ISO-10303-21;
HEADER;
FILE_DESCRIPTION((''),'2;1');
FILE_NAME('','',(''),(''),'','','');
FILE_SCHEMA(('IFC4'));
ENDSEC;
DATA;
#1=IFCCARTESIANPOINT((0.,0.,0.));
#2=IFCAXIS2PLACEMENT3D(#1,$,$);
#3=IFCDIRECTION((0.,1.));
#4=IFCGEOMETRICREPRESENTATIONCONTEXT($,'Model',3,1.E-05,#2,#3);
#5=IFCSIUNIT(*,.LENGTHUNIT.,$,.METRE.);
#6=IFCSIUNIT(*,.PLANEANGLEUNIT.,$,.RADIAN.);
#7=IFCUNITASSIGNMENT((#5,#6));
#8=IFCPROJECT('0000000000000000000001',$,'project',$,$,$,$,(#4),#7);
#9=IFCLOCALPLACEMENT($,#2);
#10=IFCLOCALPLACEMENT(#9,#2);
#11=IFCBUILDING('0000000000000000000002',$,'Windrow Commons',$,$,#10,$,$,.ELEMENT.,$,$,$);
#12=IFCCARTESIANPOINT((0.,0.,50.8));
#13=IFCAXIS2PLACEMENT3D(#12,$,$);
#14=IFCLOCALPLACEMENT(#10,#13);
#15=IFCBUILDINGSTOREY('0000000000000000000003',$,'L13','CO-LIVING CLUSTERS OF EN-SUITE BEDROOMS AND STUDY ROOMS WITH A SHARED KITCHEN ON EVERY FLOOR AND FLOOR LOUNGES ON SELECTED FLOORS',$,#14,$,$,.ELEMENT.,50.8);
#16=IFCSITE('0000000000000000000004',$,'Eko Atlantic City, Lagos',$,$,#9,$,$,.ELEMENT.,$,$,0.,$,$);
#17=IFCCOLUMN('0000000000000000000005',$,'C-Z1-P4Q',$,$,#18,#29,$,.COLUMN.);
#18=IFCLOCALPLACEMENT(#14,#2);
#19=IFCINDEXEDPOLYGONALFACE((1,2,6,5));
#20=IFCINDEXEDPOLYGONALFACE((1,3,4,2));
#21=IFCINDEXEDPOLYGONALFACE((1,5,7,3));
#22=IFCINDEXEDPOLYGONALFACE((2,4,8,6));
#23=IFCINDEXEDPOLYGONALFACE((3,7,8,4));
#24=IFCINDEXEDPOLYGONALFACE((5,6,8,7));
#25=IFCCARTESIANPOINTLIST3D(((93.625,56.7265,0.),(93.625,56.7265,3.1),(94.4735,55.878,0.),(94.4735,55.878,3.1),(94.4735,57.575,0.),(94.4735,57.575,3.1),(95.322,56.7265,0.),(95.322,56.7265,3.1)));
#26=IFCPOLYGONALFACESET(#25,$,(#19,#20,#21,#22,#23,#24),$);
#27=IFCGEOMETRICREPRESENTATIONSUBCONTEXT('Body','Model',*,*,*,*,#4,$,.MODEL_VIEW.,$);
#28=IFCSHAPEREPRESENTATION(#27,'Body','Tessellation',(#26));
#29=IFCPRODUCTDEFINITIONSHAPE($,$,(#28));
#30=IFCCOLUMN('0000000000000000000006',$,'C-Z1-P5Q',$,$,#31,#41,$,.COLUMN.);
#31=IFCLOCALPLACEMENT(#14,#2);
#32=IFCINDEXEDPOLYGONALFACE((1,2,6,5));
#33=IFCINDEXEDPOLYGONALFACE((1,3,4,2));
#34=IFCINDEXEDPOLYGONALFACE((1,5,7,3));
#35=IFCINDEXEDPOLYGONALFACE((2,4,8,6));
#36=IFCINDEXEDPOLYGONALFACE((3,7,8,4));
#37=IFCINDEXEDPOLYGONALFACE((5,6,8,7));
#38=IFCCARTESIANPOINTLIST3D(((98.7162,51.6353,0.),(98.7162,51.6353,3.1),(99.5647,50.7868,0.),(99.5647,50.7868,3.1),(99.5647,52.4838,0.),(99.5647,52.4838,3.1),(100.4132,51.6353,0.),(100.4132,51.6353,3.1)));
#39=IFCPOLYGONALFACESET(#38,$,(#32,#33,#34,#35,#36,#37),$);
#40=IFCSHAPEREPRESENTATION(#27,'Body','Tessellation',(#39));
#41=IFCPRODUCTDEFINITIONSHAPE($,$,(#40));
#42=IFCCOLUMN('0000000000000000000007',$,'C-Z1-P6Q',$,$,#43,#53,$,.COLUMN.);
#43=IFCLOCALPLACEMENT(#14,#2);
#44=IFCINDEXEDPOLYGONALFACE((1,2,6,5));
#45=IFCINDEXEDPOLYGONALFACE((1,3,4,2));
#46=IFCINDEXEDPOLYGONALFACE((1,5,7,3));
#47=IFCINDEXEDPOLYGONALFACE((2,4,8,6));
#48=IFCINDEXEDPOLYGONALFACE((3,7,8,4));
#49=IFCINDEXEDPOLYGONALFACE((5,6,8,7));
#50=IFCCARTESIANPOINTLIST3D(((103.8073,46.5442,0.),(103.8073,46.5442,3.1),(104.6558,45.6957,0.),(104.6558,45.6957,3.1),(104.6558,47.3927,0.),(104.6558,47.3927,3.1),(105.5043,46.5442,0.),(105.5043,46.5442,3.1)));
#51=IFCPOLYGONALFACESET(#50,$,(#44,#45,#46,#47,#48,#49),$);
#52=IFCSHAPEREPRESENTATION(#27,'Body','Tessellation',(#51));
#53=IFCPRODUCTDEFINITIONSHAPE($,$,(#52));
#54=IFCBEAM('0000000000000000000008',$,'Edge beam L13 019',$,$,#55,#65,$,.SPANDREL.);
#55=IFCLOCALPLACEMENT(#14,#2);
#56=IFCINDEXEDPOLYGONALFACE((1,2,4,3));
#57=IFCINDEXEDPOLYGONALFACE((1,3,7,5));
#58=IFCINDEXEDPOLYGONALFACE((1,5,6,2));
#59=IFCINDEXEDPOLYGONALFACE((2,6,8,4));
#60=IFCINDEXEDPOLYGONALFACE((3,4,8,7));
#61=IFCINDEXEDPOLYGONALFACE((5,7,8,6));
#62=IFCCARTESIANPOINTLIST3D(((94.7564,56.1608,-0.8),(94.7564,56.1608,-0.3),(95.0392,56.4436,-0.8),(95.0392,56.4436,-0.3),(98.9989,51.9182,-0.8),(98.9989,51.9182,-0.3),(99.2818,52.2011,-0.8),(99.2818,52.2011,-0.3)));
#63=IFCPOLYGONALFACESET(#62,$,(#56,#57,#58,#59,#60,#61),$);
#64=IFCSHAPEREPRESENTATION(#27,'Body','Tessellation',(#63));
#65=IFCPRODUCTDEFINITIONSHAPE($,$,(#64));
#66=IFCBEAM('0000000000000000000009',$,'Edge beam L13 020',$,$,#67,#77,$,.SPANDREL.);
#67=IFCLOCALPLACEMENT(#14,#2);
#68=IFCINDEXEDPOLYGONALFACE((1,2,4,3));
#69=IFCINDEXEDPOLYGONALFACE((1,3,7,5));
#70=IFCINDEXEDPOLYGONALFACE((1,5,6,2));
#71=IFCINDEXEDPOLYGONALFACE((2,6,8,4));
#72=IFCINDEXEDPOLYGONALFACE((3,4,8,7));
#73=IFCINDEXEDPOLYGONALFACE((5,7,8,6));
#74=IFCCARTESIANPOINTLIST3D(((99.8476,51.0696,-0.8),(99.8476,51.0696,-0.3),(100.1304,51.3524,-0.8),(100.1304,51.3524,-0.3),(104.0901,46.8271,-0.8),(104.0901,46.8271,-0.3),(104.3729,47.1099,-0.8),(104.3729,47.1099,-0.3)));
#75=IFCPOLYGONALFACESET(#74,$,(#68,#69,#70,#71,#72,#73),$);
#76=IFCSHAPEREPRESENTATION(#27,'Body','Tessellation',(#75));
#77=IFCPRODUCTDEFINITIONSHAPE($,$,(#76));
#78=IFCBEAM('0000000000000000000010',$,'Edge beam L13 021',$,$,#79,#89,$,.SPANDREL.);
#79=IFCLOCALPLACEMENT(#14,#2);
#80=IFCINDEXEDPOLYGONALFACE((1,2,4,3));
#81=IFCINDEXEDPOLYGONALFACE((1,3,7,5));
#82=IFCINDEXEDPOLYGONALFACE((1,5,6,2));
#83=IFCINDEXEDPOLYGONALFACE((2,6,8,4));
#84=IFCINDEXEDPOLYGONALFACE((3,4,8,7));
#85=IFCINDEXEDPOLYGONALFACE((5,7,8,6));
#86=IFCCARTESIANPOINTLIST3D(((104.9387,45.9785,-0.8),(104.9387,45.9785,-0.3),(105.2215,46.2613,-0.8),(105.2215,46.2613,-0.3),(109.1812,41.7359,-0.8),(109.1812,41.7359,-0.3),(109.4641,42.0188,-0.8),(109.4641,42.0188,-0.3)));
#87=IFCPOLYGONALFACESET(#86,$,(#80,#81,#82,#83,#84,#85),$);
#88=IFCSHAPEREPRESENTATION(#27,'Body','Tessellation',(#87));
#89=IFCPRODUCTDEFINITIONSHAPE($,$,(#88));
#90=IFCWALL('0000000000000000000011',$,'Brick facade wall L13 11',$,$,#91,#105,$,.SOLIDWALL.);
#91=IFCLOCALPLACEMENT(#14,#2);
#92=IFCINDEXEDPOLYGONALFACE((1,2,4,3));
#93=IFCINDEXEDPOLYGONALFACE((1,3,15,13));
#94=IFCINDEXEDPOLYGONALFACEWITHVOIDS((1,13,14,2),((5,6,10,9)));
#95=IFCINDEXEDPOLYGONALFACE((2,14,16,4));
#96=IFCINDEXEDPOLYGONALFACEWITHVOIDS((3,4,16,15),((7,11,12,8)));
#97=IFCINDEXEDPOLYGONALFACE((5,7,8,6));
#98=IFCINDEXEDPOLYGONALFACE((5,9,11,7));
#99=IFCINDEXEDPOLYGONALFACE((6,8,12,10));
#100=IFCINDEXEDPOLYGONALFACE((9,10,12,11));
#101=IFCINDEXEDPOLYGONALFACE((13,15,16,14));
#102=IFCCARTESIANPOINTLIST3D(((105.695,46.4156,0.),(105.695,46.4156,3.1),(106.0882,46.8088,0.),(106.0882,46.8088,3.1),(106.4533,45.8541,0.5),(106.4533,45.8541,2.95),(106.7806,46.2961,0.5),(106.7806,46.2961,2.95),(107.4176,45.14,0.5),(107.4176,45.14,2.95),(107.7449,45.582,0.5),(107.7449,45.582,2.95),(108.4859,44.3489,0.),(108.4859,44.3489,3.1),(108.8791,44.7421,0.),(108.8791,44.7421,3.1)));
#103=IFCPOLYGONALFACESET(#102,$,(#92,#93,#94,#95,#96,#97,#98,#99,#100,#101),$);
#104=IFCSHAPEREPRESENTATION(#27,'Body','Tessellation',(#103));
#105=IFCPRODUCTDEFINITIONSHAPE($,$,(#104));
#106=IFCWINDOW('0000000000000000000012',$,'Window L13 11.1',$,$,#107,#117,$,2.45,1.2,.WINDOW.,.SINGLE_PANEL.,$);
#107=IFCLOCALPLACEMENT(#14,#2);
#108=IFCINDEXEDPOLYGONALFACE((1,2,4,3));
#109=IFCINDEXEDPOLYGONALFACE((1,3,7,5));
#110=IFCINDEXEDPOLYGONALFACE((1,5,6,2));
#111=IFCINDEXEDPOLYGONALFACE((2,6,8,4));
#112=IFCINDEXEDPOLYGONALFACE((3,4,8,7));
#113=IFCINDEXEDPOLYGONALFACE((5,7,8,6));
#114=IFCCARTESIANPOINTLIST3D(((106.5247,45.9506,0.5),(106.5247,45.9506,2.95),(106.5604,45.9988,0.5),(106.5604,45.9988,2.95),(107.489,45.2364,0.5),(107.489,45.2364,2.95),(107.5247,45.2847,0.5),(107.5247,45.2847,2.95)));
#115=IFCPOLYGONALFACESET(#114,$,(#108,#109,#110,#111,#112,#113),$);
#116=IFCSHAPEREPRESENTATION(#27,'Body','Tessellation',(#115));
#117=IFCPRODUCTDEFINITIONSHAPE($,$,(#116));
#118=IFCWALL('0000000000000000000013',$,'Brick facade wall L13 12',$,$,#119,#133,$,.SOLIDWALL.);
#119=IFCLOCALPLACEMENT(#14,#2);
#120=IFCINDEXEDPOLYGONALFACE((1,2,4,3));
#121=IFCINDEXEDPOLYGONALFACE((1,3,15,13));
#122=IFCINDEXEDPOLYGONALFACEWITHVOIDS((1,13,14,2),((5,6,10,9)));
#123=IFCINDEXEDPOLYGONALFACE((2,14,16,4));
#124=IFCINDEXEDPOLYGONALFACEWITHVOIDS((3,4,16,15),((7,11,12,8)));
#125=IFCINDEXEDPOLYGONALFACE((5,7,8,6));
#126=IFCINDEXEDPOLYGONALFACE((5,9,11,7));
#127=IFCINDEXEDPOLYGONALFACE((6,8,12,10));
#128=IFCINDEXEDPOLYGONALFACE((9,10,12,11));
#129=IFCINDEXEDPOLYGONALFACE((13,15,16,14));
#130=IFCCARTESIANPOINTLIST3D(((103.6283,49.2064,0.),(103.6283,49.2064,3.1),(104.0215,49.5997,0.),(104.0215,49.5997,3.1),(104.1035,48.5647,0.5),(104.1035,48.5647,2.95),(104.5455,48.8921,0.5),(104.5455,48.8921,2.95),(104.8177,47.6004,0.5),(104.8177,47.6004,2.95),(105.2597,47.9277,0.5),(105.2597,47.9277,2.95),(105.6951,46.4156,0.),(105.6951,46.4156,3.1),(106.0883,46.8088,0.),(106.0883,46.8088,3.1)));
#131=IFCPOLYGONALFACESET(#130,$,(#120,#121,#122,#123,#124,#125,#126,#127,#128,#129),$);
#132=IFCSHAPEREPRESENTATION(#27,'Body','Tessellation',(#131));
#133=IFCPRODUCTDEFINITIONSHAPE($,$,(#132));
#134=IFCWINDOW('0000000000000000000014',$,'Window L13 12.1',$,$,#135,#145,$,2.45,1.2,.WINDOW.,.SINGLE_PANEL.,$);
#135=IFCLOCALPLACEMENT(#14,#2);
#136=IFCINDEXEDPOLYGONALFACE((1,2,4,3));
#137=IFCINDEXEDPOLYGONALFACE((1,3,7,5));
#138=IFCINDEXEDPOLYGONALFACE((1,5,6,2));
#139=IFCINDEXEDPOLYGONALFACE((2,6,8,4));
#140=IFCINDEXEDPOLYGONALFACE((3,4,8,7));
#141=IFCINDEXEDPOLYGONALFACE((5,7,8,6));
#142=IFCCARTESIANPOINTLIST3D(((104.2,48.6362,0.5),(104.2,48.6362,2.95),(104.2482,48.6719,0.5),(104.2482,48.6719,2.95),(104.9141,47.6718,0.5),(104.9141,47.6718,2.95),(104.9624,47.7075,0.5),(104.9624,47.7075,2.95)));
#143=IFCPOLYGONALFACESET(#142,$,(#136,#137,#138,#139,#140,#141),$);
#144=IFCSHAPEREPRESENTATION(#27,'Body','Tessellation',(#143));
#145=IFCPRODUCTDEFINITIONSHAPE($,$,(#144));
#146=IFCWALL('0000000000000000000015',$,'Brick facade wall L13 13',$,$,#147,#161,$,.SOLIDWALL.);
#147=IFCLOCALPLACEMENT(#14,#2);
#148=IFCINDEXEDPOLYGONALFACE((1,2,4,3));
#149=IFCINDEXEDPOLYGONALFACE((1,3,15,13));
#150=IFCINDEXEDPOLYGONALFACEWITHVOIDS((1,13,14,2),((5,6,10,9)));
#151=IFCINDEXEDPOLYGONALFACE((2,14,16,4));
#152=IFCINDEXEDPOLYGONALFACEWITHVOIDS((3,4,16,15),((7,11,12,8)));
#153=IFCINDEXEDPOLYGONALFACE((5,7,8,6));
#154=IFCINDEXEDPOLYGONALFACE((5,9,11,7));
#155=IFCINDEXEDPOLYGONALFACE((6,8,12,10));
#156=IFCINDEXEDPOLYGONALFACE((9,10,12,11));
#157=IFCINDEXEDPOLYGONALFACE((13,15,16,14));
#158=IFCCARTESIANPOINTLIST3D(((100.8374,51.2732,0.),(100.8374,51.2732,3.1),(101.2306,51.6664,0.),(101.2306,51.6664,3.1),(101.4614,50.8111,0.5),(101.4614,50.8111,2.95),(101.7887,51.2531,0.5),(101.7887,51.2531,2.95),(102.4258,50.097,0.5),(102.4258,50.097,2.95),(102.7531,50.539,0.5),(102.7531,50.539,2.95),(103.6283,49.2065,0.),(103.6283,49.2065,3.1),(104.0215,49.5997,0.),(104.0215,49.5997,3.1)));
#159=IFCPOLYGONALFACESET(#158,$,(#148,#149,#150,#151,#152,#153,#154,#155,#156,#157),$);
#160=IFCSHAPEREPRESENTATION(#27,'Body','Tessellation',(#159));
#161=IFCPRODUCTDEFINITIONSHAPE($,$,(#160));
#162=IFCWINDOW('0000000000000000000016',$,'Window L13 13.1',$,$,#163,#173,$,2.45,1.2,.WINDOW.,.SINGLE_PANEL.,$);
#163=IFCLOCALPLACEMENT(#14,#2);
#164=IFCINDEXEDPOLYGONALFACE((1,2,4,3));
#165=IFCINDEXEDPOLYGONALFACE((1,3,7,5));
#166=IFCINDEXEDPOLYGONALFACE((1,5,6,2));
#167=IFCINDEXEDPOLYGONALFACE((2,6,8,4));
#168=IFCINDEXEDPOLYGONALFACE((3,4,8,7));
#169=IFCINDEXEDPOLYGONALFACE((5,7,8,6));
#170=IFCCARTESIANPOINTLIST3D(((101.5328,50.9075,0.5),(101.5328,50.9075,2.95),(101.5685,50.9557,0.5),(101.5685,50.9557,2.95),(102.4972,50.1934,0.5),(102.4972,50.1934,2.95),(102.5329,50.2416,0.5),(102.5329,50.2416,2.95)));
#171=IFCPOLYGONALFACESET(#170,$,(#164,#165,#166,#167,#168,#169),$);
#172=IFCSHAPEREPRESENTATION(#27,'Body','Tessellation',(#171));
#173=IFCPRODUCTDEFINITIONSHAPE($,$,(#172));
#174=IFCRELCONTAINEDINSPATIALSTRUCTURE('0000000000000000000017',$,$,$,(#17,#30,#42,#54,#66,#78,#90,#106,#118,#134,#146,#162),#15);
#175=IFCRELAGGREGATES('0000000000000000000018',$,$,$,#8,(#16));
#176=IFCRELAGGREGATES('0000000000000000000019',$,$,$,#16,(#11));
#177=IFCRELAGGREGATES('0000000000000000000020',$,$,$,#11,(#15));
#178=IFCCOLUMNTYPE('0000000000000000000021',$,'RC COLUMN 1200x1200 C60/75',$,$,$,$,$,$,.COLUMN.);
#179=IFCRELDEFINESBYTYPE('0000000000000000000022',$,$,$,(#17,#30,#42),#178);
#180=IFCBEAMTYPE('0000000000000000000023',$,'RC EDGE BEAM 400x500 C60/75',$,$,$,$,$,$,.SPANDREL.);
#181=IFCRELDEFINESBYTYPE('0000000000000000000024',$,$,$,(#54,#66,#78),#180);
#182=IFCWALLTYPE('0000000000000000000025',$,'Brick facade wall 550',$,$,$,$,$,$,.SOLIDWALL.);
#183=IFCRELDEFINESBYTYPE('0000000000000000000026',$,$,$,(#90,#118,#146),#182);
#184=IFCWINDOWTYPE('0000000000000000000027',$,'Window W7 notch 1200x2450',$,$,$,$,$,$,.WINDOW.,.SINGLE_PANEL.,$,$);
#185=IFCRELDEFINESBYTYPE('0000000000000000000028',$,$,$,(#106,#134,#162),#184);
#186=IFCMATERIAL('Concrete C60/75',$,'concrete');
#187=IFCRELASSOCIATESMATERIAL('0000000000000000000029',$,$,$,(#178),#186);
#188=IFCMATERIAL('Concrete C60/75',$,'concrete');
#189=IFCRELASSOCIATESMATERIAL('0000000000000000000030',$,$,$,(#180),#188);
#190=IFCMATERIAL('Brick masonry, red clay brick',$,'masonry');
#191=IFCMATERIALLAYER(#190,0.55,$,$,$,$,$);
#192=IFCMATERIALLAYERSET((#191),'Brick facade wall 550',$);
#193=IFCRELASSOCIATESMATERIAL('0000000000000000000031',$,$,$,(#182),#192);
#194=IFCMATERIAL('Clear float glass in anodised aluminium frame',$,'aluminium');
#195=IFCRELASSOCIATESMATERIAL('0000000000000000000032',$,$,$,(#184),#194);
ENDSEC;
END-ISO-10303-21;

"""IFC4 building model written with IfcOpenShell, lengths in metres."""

from ifc_helpers import new_model, si_unit, direction, frame, frame_2d, origin, origin_2d, place, context, subcontext, project, spatial, polyline, rectangle, outline, extrude, material, layer, layer_set, material_profile, profile_set, type_object, element, fill, save


model = new_model("IFC4")

# Units and contexts
model_context = context("Model", 3, precision=1e-05, world=origin(), true_north=direction((0.0, 1.0)))
body_context = subcontext(model_context, "Body", "Model", "MODEL_VIEW")
ifc_project = project(units=[si_unit("LENGTHUNIT", "METRE"), si_unit("PLANEANGLEUNIT", "RADIAN")], contexts=[model_context])

# Site, building, storey
site_placement = place(None, origin())
site = spatial("IfcSite", under=ifc_project, at=site_placement, Name="Eko Atlantic City, Lagos", CompositionType="ELEMENT", RefElevation=0.0)
building_placement = place(site_placement, origin())
building = spatial("IfcBuilding", under=site, at=building_placement, Name="Windrow Commons", CompositionType="ELEMENT")
storey_placement = place(building_placement, frame((0.0, 0.0, 50.8)))
storey = spatial("IfcBuildingStorey", under=building, at=storey_placement, Name="L13", Description="CO-LIVING CLUSTERS OF EN-SUITE BEDROOMS AND STUDY ROOMS WITH A SHARED KITCHEN ON EVERY FLOOR AND FLOOR LOUNGES ON SELECTED FLOORS", CompositionType="ELEMENT", Elevation=50.8)

# Columns
ifc_material_1 = material(Name="Concrete C60/75", Category="concrete")
ifc_material_profile_1 = material_profile(ifc_material_1, rectangle(XDim=1.2, YDim=1.2, at=origin_2d()))
ifc_profile_set_1 = profile_set([ifc_material_profile_1], Name="Concrete C60/75")
column_type = type_object("IfcColumnType", Name="RC COLUMN 1200x1200 C60/75", PredefinedType="COLUMN", material=ifc_profile_set_1)
for number, where, z_axis, x_axis, name in (
    (1, (94.4735, 56.7265, 0.0), (0.0, 0.0, 1.0), (0.707107, -0.707107, 0.0), "C-Z1-P4Q"),
    (2, (99.5647, 51.6353, 0.0), (0.0, 0.0, 1.0), (0.707107, -0.707107, 0.0), "C-Z1-P5Q"),
    (3, (104.6558, 46.5442, 0.0), (0.0, 0.0, 1.0), (0.707107, -0.707107, 0.0), "C-Z1-P6Q"),
):
    element("IfcColumn", number, at=place(storey_placement, frame(where, z_axis=z_axis, x_axis=x_axis)), inside=storey, type_object=column_type, Name=name, PredefinedType="COLUMN", context=body_context, shape_type="SweptSolid", body=[
        extrude(rectangle(XDim=1.2, YDim=1.2, at=origin_2d()), origin(), (0.0, 0.0, 1.0), 3.1),
    ])

# Beams
ifc_material_2 = material(Name="Concrete C60/75", Category="concrete")
ifc_material_profile_2 = material_profile(ifc_material_2, rectangle(XDim=0.4, YDim=0.5, at=origin_2d()))
ifc_profile_set_2 = profile_set([ifc_material_profile_2], Name="Concrete C60/75")
beam_type = type_object("IfcBeamType", Name="RC EDGE BEAM 400x500 C60/75", PredefinedType="SPANDREL", material=ifc_profile_set_2)
beam_1_placement = place(storey_placement, frame((94.8978, 56.3022, -0.55), z_axis=(0.707107, -0.707107, 0.0), x_axis=(0.707107, 0.707107, 0.0)))
element("IfcBeam", 4, at=beam_1_placement, inside=storey, type_object=beam_type, Name="Edge beam L13 019", PredefinedType="SPANDREL", context=body_context, shape_type="SweptSolid", body=[
    extrude(rectangle(XDim=0.4, YDim=0.5, at=origin_2d()), origin(), (0.0, 0.0, 1.0), 5.9999),
])
beam_2_placement = place(storey_placement, frame((99.989, 51.211, -0.55), z_axis=(0.707107, -0.707107, 0.0), x_axis=(0.707107, 0.707107, 0.0)))
element("IfcBeam", 5, at=beam_2_placement, inside=storey, type_object=beam_type, Name="Edge beam L13 020", PredefinedType="SPANDREL", context=body_context, shape_type="SweptSolid", body=[
    extrude(rectangle(XDim=0.4, YDim=0.5, at=origin_2d()), origin(), (0.0, 0.0, 1.0), 5.9998),
])
beam_3_placement = place(storey_placement, frame((105.0801, 46.1199, -0.55), z_axis=(0.707107, -0.707107, 0.0), x_axis=(0.707107, 0.707107, 0.0)))
element("IfcBeam", 6, at=beam_3_placement, inside=storey, type_object=beam_type, Name="Edge beam L13 021", PredefinedType="SPANDREL", context=body_context, shape_type="SweptSolid", body=[
    extrude(rectangle(XDim=0.4, YDim=0.5, at=origin_2d()), origin(), (0.0, 0.0, 1.0), 5.9999),
])

# Walls, openings, windows
ifc_material_3 = material(Name="Brick masonry, red clay brick", Category="masonry")
ifc_layer_1 = layer(ifc_material_3, 0.55)
ifc_layer_set_1 = layer_set([ifc_layer_1], Name="Brick facade wall 550")
wall_type_1 = type_object("IfcWallType", Name="Brick facade wall 550", PredefinedType="SOLIDWALL", material=ifc_layer_set_1)
wall_1_placement = place(storey_placement, frame((108.6825, 44.5455, 0.0), z_axis=(0.0, 0.0, 1.0), x_axis=(-0.803634, 0.595124, 0.0)))
wall_1 = element("IfcWall", 7, at=wall_1_placement, inside=storey, type_object=wall_type_1, Name="Brick facade wall L13 11", PredefinedType="SOLIDWALL", context=body_context, shape_type="SweptSolid", body=[
    extrude(outline(polyline([(-0.041, -0.275), (3.4318, -0.275), (3.5138, 0.275), (0.041, 0.275), (-0.041, -0.275)])), origin(), (0.0, 0.0, 1.0), 3.1),
])
opening_1_placement = place(wall_1_placement, frame((1.3703, 0.0, 0.5)))
opening_1 = element("IfcOpeningElement", 8, at=opening_1_placement, cuts=wall_1, PredefinedType="OPENING", context=body_context, shape_type="SweptSolid", body=[
    extrude(rectangle(XDim=1.2, YDim=2.45, at=frame_2d((0.6, 1.225))), frame((0.0, 0.285, 0.0), z_axis=(0.0, -1.0, 0.0), x_axis=(1.0, 0.0, 0.0)), (0.0, 0.0, 1.0), 0.57),
])
ifc_material_4 = material(Name="Clear float glass in anodised aluminium frame", Category="aluminium")
window_type = type_object("IfcWindowType", Name="Window W7 notch 1200x2450", PartitioningType="SINGLE_PANEL", PredefinedType="WINDOW", material=ifc_material_4)
window_1_placement = place(opening_1_placement, origin())
window_1 = element("IfcWindow", 9, at=window_1_placement, inside=storey, type_object=window_type, Name="Window L13 11.1", OverallHeight=2.45, OverallWidth=1.2, PartitioningType="SINGLE_PANEL", PredefinedType="WINDOW", context=body_context, shape_type="SweptSolid", body=[
    extrude(rectangle(XDim=1.2, YDim=2.45, at=frame_2d((0.6, 1.225))), frame((0.0, 0.155, 0.0), z_axis=(0.0, -1.0, 0.0), x_axis=(1.0, 0.0, 0.0)), (0.0, 0.0, 1.0), 0.06),
])
fill(opening_1, window_1)
wall_2_placement = place(storey_placement, frame((105.8917, 46.6122, 0.0), z_axis=(0.0, 0.0, 1.0), x_axis=(-0.595128, 0.803631, 0.0)))
wall_2 = element("IfcWall", 10, at=wall_2_placement, inside=storey, type_object=wall_type_1, Name="Brick facade wall L13 12", PredefinedType="SOLIDWALL", context=body_context, shape_type="SweptSolid", body=[
    extrude(outline(polyline([(0.041, -0.275), (3.5138, -0.275), (3.4318, 0.275), (-0.041, 0.275), (0.041, -0.275)])), origin(), (0.0, 0.0, 1.0), 3.1),
])
opening_2_placement = place(wall_2_placement, frame((1.4333, 0.0, 0.5)))
opening_2 = element("IfcOpeningElement", 11, at=opening_2_placement, cuts=wall_2, PredefinedType="OPENING", context=body_context, shape_type="SweptSolid", body=[
    extrude(rectangle(XDim=1.2, YDim=2.45, at=frame_2d((0.6, 1.225))), frame((0.0, 0.285, 0.0), z_axis=(0.0, -1.0, 0.0), x_axis=(1.0, 0.0, 0.0)), (0.0, 0.0, 1.0), 0.57),
])
window_2_placement = place(opening_2_placement, origin())
window_2 = element("IfcWindow", 12, at=window_2_placement, inside=storey, type_object=window_type, Name="Window L13 12.1", OverallHeight=2.45, OverallWidth=1.2, PartitioningType="SINGLE_PANEL", PredefinedType="WINDOW", context=body_context, shape_type="SweptSolid", body=[
    extrude(rectangle(XDim=1.2, YDim=2.45, at=frame_2d((0.6, 1.225))), frame((0.0, 0.155, 0.0), z_axis=(0.0, -1.0, 0.0), x_axis=(1.0, 0.0, 0.0)), (0.0, 0.0, 1.0), 0.06),
])
fill(opening_2, window_2)
wall_3_placement = place(storey_placement, frame((103.8249, 49.4031, 0.0), z_axis=(0.0, 0.0, 1.0), x_axis=(-0.803644, 0.59511, 0.0)))
wall_3 = element("IfcWall", 13, at=wall_3_placement, inside=storey, type_object=wall_type_1, Name="Brick facade wall L13 13", PredefinedType="SOLIDWALL", context=body_context, shape_type="SweptSolid", body=[
    extrude(outline(polyline([(-0.041, -0.275), (3.4318, -0.275), (3.5138, 0.275), (0.041, 0.275), (-0.041, -0.275)])), origin(), (0.0, 0.0, 1.0), 3.1),
])
opening_3_placement = place(wall_3_placement, frame((1.5373, 0.0, 0.5)))
opening_3 = element("IfcOpeningElement", 14, at=opening_3_placement, cuts=wall_3, PredefinedType="OPENING", context=body_context, shape_type="SweptSolid", body=[
    extrude(rectangle(XDim=1.2, YDim=2.45, at=frame_2d((0.6, 1.225))), frame((0.0, 0.285, 0.0), z_axis=(0.0, -1.0, 0.0), x_axis=(1.0, 0.0, 0.0)), (0.0, 0.0, 1.0), 0.57),
])
window_3_placement = place(opening_3_placement, origin())
window_3 = element("IfcWindow", 15, at=window_3_placement, inside=storey, type_object=window_type, Name="Window L13 13.1", OverallHeight=2.45, OverallWidth=1.2, PartitioningType="SINGLE_PANEL", PredefinedType="WINDOW", context=body_context, shape_type="SweptSolid", body=[
    extrude(rectangle(XDim=1.2, YDim=2.45, at=frame_2d((0.6, 1.225))), frame((0.0, 0.155, 0.0), z_axis=(0.0, -1.0, 0.0), x_axis=(1.0, 0.0, 0.0)), (0.0, 0.0, 1.0), 0.06),
])
fill(opening_3, window_3)

save(model, "model.ifc")
